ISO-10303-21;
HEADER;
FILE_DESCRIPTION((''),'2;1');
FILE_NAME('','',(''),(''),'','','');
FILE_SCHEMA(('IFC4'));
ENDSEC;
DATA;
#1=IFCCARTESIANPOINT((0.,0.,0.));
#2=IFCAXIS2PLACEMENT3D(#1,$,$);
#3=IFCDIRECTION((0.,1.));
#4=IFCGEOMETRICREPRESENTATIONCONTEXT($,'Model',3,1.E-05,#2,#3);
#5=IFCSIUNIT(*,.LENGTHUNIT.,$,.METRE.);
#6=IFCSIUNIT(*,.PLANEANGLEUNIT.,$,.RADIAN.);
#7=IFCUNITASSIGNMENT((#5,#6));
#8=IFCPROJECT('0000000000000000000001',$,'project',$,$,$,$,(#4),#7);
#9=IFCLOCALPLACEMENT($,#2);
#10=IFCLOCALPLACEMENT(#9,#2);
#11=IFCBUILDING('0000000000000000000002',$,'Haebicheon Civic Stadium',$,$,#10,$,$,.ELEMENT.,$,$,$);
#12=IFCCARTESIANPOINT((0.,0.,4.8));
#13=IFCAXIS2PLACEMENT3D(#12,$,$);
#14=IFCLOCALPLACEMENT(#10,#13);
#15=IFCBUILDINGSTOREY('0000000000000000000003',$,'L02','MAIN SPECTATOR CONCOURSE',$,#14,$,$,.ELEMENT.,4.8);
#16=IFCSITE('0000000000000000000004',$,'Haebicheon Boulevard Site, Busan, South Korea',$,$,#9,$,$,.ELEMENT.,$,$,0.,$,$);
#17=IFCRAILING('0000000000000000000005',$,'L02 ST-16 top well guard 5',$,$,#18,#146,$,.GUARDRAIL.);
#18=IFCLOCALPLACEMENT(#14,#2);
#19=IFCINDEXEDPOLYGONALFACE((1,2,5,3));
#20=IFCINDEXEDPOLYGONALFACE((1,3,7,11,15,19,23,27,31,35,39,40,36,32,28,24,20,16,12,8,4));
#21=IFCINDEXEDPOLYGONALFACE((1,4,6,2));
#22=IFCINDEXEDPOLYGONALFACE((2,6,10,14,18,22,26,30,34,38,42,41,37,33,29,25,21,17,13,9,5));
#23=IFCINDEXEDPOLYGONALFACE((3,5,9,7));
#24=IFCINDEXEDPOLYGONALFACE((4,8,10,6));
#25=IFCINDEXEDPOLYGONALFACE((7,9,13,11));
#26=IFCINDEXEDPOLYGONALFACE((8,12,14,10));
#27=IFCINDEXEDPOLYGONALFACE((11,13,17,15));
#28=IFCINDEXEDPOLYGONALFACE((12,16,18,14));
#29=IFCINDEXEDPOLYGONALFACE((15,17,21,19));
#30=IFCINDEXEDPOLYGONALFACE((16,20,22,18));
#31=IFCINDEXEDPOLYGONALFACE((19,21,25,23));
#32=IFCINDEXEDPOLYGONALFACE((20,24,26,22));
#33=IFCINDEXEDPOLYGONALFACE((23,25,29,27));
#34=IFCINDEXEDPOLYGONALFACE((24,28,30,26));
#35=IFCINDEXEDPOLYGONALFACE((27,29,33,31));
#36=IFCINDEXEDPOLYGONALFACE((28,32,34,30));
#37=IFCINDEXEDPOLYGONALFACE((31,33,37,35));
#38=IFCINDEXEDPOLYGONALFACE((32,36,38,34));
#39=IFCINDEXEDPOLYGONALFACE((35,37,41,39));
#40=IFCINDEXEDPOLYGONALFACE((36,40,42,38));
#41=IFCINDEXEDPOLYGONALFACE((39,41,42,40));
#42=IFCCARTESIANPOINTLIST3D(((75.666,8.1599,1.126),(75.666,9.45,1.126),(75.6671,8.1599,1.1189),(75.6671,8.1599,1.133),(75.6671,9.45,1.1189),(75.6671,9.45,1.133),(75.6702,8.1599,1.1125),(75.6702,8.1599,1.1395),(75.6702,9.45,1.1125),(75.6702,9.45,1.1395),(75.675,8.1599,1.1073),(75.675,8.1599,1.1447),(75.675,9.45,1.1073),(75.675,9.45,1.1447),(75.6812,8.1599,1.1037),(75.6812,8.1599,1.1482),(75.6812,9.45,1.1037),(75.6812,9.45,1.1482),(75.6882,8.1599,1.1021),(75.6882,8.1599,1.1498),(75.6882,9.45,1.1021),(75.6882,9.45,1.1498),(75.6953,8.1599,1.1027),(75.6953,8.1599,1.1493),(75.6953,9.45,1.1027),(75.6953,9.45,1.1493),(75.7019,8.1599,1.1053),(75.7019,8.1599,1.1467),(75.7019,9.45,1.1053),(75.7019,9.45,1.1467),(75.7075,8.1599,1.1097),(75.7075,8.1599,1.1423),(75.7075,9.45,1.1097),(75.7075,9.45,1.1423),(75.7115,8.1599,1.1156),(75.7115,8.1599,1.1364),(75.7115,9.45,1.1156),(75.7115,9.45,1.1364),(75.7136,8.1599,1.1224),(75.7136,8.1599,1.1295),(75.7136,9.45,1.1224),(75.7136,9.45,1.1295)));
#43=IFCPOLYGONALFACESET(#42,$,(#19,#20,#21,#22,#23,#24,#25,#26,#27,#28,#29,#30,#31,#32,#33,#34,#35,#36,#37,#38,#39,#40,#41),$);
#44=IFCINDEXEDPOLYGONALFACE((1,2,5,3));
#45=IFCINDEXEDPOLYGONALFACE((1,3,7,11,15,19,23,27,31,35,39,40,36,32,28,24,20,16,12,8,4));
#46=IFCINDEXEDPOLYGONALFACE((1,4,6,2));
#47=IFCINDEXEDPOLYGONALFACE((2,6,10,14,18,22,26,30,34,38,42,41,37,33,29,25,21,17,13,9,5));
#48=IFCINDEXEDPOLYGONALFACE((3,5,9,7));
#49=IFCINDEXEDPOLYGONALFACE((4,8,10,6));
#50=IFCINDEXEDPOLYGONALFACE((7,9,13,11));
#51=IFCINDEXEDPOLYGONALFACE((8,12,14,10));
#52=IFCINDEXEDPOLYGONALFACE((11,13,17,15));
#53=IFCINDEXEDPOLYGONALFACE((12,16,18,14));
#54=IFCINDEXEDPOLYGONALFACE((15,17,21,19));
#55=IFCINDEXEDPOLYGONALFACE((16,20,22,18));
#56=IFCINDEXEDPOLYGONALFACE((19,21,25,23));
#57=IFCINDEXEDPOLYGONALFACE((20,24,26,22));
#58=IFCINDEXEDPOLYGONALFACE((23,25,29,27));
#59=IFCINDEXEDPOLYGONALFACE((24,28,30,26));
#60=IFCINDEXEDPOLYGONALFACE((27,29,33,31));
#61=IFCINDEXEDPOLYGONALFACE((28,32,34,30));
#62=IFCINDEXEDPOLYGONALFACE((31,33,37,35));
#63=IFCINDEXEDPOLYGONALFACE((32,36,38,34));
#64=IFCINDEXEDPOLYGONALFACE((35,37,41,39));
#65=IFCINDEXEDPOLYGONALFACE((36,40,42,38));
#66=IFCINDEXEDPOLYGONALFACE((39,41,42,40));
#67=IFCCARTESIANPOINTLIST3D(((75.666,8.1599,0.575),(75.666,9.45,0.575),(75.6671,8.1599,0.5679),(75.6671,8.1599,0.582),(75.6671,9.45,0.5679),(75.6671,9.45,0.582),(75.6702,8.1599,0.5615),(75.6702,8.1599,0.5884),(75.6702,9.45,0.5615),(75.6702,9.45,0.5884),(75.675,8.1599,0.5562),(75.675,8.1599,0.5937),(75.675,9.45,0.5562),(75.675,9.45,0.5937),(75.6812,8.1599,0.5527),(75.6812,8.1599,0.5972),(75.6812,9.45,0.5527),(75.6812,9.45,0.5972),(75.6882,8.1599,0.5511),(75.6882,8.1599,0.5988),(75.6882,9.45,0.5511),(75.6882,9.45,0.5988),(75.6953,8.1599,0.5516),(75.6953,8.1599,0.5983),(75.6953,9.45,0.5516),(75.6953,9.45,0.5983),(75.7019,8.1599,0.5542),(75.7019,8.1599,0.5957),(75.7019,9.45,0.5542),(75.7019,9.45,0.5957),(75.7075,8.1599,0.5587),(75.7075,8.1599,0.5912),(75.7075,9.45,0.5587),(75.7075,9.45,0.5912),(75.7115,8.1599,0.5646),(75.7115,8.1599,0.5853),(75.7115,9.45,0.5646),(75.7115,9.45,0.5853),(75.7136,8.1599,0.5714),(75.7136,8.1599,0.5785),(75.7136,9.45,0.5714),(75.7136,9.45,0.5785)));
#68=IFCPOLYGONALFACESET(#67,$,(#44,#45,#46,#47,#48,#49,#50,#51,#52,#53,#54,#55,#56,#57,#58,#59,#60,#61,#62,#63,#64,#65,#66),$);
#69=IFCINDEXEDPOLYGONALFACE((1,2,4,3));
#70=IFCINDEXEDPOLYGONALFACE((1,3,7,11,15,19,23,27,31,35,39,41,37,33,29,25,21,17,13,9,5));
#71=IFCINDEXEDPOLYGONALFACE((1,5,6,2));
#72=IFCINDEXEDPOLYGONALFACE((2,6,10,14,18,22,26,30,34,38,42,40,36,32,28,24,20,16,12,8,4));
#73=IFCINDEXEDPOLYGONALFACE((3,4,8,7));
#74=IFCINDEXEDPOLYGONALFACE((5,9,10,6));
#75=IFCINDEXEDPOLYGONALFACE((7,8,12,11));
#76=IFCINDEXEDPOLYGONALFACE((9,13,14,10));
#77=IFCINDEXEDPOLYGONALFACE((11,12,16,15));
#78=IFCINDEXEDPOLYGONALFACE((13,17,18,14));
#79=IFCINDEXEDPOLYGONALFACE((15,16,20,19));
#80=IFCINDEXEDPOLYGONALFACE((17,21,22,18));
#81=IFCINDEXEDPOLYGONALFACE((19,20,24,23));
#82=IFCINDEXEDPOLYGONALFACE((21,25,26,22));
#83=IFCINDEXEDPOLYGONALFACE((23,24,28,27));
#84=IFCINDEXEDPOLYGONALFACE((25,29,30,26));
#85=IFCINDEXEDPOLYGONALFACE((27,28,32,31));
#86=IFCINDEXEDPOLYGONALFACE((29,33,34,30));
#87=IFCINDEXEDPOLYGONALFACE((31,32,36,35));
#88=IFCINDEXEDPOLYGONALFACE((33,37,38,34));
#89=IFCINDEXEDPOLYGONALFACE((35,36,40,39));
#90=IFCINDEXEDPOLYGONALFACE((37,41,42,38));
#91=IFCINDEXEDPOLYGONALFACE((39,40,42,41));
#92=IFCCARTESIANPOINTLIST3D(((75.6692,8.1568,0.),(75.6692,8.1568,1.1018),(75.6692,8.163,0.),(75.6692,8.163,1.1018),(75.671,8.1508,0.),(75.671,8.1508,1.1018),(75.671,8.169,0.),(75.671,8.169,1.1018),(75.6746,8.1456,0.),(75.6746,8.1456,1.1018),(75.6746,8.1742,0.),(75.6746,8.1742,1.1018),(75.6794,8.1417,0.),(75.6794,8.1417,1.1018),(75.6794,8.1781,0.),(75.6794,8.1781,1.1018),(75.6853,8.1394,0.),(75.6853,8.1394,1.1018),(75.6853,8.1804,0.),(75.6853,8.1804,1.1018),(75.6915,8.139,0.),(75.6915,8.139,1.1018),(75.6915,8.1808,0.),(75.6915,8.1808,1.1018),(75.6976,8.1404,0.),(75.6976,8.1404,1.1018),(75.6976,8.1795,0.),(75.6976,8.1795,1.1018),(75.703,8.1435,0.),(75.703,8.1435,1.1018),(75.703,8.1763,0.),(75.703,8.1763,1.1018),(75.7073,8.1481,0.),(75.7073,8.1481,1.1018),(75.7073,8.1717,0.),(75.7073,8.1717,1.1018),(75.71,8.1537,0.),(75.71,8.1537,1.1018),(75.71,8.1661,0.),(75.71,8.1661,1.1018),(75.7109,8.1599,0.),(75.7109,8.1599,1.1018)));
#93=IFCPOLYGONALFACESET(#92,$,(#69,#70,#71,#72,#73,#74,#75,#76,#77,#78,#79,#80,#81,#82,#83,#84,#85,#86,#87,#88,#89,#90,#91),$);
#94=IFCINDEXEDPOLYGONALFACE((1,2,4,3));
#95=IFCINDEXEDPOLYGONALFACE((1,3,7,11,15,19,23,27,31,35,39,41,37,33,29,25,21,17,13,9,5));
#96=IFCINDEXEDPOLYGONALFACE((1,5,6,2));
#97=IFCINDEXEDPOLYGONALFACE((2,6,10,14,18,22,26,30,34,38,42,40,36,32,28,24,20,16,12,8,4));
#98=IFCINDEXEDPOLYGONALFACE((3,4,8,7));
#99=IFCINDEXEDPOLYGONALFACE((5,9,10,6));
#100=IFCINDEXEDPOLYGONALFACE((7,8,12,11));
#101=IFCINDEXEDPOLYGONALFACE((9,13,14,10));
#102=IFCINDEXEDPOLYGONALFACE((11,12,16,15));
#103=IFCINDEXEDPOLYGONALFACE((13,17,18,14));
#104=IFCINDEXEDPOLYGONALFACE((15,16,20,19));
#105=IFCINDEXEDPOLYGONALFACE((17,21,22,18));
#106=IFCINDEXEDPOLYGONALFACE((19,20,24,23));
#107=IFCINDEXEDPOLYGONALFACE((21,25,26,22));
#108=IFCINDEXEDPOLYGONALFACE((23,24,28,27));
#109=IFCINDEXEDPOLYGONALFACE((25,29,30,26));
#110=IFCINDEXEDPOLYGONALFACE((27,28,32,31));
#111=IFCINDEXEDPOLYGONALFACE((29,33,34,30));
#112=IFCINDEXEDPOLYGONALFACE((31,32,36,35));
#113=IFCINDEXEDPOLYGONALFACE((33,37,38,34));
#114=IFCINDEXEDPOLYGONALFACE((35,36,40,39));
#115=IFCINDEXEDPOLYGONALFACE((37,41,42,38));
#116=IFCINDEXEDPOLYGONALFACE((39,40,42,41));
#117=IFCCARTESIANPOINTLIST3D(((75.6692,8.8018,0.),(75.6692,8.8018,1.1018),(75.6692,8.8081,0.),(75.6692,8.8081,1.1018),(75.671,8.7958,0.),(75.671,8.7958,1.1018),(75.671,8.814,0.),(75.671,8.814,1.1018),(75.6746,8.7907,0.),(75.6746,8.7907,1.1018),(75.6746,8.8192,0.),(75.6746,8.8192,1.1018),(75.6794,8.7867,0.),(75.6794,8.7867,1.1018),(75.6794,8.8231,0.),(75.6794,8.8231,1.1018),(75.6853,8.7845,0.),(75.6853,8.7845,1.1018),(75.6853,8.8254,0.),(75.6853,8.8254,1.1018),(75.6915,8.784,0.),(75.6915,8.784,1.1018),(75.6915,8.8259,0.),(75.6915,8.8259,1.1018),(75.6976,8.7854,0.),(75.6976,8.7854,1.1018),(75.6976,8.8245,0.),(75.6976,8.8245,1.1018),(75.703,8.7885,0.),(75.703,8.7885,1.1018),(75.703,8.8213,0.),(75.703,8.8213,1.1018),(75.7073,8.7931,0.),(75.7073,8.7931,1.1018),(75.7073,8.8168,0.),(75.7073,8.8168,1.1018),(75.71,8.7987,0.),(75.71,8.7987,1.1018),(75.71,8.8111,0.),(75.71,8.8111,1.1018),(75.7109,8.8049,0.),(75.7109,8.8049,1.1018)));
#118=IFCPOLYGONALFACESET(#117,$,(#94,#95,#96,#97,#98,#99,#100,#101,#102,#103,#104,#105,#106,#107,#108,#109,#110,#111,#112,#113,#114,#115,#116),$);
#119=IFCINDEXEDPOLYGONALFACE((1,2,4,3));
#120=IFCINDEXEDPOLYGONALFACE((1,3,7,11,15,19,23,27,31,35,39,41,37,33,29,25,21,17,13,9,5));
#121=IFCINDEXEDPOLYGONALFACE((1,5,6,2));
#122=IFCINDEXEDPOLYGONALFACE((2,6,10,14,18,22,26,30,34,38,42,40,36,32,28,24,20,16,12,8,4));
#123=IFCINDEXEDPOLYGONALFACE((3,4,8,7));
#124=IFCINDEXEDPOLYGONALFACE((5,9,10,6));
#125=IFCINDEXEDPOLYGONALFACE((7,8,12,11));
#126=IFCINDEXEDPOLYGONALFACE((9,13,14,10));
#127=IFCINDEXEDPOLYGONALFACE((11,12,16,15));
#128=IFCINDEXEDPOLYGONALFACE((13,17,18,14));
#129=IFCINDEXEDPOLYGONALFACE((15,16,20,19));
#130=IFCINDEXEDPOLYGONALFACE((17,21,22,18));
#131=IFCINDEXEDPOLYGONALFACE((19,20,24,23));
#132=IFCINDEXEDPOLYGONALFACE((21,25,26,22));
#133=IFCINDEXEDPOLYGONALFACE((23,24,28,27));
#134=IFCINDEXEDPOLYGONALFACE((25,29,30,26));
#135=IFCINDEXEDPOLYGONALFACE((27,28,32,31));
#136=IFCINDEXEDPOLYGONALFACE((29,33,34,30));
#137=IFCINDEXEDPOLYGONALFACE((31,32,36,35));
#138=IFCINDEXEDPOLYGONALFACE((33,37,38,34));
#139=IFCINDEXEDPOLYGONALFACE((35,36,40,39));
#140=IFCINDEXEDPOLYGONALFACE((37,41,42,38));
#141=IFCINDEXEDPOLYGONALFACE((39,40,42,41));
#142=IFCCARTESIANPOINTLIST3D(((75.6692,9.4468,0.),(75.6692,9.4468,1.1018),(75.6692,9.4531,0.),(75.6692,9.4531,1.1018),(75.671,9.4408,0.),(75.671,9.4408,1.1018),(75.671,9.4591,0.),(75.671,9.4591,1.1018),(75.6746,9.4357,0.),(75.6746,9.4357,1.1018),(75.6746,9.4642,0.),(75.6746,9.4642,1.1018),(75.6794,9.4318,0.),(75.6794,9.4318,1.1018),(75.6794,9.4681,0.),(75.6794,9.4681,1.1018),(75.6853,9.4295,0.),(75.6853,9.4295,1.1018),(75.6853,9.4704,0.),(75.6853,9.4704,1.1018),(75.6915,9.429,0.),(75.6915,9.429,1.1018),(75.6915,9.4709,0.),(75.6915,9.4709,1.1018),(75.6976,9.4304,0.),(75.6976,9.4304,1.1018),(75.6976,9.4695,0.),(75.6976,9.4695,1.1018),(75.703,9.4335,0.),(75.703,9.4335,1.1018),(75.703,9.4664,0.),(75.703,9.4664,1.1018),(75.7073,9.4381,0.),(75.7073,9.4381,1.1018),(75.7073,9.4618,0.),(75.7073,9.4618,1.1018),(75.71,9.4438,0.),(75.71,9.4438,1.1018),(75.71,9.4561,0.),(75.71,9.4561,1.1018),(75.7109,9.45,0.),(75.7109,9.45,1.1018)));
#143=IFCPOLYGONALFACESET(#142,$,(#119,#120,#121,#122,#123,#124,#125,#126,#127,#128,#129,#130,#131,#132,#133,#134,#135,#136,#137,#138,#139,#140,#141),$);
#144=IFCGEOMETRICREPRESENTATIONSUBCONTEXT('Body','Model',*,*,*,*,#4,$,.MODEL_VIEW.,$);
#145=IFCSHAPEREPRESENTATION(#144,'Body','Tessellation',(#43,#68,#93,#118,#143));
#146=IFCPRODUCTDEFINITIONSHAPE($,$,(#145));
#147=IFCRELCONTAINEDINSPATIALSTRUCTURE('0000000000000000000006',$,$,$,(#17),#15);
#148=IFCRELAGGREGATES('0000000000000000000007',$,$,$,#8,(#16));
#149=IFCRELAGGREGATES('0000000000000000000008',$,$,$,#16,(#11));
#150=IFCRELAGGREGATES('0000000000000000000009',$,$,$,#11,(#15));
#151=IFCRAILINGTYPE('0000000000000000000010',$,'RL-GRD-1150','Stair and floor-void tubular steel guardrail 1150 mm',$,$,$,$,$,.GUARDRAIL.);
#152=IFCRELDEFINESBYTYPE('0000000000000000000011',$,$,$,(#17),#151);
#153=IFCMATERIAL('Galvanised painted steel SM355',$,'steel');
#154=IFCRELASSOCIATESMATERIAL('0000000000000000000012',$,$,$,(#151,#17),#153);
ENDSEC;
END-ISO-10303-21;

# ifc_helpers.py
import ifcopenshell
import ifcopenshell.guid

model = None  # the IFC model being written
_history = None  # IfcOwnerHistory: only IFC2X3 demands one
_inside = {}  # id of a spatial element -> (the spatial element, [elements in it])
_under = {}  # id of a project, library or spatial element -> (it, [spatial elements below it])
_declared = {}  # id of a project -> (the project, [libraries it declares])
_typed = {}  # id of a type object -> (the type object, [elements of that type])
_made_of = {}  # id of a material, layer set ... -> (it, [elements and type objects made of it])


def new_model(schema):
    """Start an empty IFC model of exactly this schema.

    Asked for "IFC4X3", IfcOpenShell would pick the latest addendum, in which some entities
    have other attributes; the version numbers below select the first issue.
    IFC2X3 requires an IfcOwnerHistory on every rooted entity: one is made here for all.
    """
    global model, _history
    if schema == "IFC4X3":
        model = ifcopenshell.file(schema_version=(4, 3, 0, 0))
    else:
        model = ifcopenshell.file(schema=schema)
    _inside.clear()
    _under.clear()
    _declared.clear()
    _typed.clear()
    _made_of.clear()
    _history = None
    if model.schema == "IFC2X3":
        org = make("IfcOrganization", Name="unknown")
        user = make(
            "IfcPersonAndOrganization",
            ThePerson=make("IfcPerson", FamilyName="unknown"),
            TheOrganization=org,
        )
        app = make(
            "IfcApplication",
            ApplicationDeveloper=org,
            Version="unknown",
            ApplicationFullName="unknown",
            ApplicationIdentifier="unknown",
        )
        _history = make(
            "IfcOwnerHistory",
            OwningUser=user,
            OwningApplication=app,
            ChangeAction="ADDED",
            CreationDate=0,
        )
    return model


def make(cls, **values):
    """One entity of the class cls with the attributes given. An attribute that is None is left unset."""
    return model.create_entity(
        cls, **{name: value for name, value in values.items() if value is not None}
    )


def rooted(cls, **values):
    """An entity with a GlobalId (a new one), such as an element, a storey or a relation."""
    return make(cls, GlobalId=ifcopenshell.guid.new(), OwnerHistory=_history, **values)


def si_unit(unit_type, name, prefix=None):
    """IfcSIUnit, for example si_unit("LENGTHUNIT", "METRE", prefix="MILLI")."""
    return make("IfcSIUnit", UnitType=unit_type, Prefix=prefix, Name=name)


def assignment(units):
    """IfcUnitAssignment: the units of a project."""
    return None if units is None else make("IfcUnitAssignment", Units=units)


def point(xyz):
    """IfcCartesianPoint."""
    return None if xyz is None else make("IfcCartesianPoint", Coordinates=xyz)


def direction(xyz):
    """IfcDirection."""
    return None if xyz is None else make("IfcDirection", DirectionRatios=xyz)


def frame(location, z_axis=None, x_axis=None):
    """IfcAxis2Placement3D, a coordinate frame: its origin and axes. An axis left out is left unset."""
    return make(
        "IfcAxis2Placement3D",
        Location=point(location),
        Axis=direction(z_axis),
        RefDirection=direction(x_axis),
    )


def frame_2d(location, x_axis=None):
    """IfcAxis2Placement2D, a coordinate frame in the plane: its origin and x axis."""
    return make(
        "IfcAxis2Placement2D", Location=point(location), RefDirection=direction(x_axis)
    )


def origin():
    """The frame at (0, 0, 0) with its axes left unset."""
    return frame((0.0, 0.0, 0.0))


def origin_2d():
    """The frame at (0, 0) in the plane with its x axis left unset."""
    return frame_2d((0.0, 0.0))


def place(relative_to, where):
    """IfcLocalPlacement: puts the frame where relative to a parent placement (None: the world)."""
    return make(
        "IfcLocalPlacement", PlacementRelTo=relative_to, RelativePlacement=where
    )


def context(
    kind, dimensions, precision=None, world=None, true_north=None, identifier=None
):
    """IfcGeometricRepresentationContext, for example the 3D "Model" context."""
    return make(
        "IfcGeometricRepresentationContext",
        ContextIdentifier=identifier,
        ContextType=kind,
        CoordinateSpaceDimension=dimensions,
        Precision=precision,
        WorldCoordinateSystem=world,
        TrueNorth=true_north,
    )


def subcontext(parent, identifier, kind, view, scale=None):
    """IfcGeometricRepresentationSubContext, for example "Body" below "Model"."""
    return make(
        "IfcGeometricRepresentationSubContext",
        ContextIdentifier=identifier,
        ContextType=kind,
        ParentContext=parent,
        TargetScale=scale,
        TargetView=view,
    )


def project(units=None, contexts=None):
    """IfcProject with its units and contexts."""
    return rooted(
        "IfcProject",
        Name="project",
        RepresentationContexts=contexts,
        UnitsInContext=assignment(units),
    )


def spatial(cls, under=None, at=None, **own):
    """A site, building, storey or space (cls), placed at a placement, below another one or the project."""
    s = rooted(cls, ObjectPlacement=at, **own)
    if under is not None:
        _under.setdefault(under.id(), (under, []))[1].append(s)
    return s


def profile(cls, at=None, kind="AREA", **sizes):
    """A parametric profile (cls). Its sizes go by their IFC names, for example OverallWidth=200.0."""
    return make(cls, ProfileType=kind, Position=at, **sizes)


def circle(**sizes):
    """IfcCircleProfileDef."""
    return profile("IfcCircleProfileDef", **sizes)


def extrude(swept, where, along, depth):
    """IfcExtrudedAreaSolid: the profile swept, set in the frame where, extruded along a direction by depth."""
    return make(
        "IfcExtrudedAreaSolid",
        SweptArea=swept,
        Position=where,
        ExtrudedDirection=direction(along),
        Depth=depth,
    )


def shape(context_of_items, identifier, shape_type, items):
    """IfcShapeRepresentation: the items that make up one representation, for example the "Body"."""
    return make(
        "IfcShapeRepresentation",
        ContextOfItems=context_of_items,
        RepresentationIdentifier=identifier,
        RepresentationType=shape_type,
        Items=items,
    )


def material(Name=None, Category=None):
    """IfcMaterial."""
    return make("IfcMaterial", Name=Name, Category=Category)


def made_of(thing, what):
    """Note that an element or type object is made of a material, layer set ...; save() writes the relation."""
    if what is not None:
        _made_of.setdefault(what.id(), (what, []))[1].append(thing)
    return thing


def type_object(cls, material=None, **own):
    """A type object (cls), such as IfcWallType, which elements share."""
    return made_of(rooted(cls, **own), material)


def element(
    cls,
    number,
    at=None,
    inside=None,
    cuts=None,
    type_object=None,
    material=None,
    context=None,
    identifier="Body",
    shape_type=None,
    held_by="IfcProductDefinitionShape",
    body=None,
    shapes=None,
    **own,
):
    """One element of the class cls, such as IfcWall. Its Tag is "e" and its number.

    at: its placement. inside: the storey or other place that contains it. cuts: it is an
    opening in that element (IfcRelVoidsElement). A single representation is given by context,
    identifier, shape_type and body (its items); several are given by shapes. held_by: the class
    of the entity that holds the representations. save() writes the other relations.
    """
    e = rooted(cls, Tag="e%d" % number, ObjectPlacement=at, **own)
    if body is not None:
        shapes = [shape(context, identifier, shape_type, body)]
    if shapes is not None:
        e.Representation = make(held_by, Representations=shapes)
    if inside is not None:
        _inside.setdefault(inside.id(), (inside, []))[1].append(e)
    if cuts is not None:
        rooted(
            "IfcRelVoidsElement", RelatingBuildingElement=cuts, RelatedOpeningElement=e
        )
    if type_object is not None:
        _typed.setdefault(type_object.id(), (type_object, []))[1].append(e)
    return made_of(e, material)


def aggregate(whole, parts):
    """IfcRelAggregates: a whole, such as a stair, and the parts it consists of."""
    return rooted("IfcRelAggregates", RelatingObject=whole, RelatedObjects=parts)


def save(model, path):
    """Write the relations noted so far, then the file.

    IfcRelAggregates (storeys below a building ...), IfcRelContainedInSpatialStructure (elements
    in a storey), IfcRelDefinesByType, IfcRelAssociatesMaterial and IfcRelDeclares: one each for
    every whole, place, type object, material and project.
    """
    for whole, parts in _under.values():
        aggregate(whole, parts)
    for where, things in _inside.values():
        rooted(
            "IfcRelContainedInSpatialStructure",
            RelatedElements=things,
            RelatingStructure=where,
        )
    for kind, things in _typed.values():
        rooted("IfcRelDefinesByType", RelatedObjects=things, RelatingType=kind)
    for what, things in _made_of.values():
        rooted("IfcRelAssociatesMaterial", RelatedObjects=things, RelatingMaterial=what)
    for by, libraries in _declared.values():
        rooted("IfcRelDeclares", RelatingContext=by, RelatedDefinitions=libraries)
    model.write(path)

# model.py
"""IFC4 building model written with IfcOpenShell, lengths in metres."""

from ifc_helpers import new_model, si_unit, direction, frame, origin, origin_2d, place, context, subcontext, project, spatial, circle, extrude, material, type_object, element, save


model = new_model("IFC4")

# Units and contexts
model_context = context("Model", 3, precision=1e-05, world=origin(), true_north=direction((0.0, 1.0)))
body_context = subcontext(model_context, "Body", "Model", "MODEL_VIEW")
ifc_project = project(units=[si_unit("LENGTHUNIT", "METRE"), si_unit("PLANEANGLEUNIT", "RADIAN")], contexts=[model_context])

# Site, building, storey
site_placement = place(None, origin())
site = spatial("IfcSite", under=ifc_project, at=site_placement, Name="Haebicheon Boulevard Site, Busan, South Korea", CompositionType="ELEMENT", RefElevation=0.0)
building_placement = place(site_placement, origin())
building = spatial("IfcBuilding", under=site, at=building_placement, Name="Haebicheon Civic Stadium", CompositionType="ELEMENT")
storey_placement = place(building_placement, frame((0.0, 0.0, 4.8)))
storey = spatial("IfcBuildingStorey", under=building, at=storey_placement, Name="L02", Description="MAIN SPECTATOR CONCOURSE", CompositionType="ELEMENT", Elevation=4.8)

# Railing
ifc_material_1 = material(Name="Galvanised painted steel SM355", Category="steel")
railing_type = type_object("IfcRailingType", Name="RL-GRD-1150", Description="Stair and floor-void tubular steel guardrail 1150 mm", PredefinedType="GUARDRAIL", material=ifc_material_1)
for number, where, name in (
    (1, (75.6899, 8.1599, 0.0), "L02 ST-16 top well guard 5"),
):
    element("IfcRailing", number, at=place(storey_placement, frame(where)), inside=storey, type_object=railing_type, material=ifc_material_1, Name=name, PredefinedType="GUARDRAIL", context=body_context, shape_type="SweptSolid", body=[
        extrude(circle(Radius=0.0239, at=origin_2d()), frame((0.0, 0.0, 1.126), z_axis=(0.0, 1.0, 0.0), x_axis=(-1.0, 0.0, 0.0)), (0.0, 0.0, 1.0), 1.29),
        extrude(circle(Radius=0.0239, at=origin_2d()), frame((0.0, 0.0, 0.575), z_axis=(0.0, 1.0, 0.0), x_axis=(-1.0, 0.0, 0.0)), (0.0, 0.0, 1.0), 1.29),
        extrude(circle(Radius=0.021, at=origin_2d()), origin(), (0.0, 0.0, 1.0), 1.1018),
        extrude(circle(Radius=0.021, at=origin_2d()), frame((0.0, 0.645, 0.0)), (0.0, 0.0, 1.0), 1.1018),
        extrude(circle(Radius=0.021, at=origin_2d()), frame((0.0, 1.29, 0.0)), (0.0, 0.0, 1.0), 1.1018),
    ])

save(model, "model.ifc")
